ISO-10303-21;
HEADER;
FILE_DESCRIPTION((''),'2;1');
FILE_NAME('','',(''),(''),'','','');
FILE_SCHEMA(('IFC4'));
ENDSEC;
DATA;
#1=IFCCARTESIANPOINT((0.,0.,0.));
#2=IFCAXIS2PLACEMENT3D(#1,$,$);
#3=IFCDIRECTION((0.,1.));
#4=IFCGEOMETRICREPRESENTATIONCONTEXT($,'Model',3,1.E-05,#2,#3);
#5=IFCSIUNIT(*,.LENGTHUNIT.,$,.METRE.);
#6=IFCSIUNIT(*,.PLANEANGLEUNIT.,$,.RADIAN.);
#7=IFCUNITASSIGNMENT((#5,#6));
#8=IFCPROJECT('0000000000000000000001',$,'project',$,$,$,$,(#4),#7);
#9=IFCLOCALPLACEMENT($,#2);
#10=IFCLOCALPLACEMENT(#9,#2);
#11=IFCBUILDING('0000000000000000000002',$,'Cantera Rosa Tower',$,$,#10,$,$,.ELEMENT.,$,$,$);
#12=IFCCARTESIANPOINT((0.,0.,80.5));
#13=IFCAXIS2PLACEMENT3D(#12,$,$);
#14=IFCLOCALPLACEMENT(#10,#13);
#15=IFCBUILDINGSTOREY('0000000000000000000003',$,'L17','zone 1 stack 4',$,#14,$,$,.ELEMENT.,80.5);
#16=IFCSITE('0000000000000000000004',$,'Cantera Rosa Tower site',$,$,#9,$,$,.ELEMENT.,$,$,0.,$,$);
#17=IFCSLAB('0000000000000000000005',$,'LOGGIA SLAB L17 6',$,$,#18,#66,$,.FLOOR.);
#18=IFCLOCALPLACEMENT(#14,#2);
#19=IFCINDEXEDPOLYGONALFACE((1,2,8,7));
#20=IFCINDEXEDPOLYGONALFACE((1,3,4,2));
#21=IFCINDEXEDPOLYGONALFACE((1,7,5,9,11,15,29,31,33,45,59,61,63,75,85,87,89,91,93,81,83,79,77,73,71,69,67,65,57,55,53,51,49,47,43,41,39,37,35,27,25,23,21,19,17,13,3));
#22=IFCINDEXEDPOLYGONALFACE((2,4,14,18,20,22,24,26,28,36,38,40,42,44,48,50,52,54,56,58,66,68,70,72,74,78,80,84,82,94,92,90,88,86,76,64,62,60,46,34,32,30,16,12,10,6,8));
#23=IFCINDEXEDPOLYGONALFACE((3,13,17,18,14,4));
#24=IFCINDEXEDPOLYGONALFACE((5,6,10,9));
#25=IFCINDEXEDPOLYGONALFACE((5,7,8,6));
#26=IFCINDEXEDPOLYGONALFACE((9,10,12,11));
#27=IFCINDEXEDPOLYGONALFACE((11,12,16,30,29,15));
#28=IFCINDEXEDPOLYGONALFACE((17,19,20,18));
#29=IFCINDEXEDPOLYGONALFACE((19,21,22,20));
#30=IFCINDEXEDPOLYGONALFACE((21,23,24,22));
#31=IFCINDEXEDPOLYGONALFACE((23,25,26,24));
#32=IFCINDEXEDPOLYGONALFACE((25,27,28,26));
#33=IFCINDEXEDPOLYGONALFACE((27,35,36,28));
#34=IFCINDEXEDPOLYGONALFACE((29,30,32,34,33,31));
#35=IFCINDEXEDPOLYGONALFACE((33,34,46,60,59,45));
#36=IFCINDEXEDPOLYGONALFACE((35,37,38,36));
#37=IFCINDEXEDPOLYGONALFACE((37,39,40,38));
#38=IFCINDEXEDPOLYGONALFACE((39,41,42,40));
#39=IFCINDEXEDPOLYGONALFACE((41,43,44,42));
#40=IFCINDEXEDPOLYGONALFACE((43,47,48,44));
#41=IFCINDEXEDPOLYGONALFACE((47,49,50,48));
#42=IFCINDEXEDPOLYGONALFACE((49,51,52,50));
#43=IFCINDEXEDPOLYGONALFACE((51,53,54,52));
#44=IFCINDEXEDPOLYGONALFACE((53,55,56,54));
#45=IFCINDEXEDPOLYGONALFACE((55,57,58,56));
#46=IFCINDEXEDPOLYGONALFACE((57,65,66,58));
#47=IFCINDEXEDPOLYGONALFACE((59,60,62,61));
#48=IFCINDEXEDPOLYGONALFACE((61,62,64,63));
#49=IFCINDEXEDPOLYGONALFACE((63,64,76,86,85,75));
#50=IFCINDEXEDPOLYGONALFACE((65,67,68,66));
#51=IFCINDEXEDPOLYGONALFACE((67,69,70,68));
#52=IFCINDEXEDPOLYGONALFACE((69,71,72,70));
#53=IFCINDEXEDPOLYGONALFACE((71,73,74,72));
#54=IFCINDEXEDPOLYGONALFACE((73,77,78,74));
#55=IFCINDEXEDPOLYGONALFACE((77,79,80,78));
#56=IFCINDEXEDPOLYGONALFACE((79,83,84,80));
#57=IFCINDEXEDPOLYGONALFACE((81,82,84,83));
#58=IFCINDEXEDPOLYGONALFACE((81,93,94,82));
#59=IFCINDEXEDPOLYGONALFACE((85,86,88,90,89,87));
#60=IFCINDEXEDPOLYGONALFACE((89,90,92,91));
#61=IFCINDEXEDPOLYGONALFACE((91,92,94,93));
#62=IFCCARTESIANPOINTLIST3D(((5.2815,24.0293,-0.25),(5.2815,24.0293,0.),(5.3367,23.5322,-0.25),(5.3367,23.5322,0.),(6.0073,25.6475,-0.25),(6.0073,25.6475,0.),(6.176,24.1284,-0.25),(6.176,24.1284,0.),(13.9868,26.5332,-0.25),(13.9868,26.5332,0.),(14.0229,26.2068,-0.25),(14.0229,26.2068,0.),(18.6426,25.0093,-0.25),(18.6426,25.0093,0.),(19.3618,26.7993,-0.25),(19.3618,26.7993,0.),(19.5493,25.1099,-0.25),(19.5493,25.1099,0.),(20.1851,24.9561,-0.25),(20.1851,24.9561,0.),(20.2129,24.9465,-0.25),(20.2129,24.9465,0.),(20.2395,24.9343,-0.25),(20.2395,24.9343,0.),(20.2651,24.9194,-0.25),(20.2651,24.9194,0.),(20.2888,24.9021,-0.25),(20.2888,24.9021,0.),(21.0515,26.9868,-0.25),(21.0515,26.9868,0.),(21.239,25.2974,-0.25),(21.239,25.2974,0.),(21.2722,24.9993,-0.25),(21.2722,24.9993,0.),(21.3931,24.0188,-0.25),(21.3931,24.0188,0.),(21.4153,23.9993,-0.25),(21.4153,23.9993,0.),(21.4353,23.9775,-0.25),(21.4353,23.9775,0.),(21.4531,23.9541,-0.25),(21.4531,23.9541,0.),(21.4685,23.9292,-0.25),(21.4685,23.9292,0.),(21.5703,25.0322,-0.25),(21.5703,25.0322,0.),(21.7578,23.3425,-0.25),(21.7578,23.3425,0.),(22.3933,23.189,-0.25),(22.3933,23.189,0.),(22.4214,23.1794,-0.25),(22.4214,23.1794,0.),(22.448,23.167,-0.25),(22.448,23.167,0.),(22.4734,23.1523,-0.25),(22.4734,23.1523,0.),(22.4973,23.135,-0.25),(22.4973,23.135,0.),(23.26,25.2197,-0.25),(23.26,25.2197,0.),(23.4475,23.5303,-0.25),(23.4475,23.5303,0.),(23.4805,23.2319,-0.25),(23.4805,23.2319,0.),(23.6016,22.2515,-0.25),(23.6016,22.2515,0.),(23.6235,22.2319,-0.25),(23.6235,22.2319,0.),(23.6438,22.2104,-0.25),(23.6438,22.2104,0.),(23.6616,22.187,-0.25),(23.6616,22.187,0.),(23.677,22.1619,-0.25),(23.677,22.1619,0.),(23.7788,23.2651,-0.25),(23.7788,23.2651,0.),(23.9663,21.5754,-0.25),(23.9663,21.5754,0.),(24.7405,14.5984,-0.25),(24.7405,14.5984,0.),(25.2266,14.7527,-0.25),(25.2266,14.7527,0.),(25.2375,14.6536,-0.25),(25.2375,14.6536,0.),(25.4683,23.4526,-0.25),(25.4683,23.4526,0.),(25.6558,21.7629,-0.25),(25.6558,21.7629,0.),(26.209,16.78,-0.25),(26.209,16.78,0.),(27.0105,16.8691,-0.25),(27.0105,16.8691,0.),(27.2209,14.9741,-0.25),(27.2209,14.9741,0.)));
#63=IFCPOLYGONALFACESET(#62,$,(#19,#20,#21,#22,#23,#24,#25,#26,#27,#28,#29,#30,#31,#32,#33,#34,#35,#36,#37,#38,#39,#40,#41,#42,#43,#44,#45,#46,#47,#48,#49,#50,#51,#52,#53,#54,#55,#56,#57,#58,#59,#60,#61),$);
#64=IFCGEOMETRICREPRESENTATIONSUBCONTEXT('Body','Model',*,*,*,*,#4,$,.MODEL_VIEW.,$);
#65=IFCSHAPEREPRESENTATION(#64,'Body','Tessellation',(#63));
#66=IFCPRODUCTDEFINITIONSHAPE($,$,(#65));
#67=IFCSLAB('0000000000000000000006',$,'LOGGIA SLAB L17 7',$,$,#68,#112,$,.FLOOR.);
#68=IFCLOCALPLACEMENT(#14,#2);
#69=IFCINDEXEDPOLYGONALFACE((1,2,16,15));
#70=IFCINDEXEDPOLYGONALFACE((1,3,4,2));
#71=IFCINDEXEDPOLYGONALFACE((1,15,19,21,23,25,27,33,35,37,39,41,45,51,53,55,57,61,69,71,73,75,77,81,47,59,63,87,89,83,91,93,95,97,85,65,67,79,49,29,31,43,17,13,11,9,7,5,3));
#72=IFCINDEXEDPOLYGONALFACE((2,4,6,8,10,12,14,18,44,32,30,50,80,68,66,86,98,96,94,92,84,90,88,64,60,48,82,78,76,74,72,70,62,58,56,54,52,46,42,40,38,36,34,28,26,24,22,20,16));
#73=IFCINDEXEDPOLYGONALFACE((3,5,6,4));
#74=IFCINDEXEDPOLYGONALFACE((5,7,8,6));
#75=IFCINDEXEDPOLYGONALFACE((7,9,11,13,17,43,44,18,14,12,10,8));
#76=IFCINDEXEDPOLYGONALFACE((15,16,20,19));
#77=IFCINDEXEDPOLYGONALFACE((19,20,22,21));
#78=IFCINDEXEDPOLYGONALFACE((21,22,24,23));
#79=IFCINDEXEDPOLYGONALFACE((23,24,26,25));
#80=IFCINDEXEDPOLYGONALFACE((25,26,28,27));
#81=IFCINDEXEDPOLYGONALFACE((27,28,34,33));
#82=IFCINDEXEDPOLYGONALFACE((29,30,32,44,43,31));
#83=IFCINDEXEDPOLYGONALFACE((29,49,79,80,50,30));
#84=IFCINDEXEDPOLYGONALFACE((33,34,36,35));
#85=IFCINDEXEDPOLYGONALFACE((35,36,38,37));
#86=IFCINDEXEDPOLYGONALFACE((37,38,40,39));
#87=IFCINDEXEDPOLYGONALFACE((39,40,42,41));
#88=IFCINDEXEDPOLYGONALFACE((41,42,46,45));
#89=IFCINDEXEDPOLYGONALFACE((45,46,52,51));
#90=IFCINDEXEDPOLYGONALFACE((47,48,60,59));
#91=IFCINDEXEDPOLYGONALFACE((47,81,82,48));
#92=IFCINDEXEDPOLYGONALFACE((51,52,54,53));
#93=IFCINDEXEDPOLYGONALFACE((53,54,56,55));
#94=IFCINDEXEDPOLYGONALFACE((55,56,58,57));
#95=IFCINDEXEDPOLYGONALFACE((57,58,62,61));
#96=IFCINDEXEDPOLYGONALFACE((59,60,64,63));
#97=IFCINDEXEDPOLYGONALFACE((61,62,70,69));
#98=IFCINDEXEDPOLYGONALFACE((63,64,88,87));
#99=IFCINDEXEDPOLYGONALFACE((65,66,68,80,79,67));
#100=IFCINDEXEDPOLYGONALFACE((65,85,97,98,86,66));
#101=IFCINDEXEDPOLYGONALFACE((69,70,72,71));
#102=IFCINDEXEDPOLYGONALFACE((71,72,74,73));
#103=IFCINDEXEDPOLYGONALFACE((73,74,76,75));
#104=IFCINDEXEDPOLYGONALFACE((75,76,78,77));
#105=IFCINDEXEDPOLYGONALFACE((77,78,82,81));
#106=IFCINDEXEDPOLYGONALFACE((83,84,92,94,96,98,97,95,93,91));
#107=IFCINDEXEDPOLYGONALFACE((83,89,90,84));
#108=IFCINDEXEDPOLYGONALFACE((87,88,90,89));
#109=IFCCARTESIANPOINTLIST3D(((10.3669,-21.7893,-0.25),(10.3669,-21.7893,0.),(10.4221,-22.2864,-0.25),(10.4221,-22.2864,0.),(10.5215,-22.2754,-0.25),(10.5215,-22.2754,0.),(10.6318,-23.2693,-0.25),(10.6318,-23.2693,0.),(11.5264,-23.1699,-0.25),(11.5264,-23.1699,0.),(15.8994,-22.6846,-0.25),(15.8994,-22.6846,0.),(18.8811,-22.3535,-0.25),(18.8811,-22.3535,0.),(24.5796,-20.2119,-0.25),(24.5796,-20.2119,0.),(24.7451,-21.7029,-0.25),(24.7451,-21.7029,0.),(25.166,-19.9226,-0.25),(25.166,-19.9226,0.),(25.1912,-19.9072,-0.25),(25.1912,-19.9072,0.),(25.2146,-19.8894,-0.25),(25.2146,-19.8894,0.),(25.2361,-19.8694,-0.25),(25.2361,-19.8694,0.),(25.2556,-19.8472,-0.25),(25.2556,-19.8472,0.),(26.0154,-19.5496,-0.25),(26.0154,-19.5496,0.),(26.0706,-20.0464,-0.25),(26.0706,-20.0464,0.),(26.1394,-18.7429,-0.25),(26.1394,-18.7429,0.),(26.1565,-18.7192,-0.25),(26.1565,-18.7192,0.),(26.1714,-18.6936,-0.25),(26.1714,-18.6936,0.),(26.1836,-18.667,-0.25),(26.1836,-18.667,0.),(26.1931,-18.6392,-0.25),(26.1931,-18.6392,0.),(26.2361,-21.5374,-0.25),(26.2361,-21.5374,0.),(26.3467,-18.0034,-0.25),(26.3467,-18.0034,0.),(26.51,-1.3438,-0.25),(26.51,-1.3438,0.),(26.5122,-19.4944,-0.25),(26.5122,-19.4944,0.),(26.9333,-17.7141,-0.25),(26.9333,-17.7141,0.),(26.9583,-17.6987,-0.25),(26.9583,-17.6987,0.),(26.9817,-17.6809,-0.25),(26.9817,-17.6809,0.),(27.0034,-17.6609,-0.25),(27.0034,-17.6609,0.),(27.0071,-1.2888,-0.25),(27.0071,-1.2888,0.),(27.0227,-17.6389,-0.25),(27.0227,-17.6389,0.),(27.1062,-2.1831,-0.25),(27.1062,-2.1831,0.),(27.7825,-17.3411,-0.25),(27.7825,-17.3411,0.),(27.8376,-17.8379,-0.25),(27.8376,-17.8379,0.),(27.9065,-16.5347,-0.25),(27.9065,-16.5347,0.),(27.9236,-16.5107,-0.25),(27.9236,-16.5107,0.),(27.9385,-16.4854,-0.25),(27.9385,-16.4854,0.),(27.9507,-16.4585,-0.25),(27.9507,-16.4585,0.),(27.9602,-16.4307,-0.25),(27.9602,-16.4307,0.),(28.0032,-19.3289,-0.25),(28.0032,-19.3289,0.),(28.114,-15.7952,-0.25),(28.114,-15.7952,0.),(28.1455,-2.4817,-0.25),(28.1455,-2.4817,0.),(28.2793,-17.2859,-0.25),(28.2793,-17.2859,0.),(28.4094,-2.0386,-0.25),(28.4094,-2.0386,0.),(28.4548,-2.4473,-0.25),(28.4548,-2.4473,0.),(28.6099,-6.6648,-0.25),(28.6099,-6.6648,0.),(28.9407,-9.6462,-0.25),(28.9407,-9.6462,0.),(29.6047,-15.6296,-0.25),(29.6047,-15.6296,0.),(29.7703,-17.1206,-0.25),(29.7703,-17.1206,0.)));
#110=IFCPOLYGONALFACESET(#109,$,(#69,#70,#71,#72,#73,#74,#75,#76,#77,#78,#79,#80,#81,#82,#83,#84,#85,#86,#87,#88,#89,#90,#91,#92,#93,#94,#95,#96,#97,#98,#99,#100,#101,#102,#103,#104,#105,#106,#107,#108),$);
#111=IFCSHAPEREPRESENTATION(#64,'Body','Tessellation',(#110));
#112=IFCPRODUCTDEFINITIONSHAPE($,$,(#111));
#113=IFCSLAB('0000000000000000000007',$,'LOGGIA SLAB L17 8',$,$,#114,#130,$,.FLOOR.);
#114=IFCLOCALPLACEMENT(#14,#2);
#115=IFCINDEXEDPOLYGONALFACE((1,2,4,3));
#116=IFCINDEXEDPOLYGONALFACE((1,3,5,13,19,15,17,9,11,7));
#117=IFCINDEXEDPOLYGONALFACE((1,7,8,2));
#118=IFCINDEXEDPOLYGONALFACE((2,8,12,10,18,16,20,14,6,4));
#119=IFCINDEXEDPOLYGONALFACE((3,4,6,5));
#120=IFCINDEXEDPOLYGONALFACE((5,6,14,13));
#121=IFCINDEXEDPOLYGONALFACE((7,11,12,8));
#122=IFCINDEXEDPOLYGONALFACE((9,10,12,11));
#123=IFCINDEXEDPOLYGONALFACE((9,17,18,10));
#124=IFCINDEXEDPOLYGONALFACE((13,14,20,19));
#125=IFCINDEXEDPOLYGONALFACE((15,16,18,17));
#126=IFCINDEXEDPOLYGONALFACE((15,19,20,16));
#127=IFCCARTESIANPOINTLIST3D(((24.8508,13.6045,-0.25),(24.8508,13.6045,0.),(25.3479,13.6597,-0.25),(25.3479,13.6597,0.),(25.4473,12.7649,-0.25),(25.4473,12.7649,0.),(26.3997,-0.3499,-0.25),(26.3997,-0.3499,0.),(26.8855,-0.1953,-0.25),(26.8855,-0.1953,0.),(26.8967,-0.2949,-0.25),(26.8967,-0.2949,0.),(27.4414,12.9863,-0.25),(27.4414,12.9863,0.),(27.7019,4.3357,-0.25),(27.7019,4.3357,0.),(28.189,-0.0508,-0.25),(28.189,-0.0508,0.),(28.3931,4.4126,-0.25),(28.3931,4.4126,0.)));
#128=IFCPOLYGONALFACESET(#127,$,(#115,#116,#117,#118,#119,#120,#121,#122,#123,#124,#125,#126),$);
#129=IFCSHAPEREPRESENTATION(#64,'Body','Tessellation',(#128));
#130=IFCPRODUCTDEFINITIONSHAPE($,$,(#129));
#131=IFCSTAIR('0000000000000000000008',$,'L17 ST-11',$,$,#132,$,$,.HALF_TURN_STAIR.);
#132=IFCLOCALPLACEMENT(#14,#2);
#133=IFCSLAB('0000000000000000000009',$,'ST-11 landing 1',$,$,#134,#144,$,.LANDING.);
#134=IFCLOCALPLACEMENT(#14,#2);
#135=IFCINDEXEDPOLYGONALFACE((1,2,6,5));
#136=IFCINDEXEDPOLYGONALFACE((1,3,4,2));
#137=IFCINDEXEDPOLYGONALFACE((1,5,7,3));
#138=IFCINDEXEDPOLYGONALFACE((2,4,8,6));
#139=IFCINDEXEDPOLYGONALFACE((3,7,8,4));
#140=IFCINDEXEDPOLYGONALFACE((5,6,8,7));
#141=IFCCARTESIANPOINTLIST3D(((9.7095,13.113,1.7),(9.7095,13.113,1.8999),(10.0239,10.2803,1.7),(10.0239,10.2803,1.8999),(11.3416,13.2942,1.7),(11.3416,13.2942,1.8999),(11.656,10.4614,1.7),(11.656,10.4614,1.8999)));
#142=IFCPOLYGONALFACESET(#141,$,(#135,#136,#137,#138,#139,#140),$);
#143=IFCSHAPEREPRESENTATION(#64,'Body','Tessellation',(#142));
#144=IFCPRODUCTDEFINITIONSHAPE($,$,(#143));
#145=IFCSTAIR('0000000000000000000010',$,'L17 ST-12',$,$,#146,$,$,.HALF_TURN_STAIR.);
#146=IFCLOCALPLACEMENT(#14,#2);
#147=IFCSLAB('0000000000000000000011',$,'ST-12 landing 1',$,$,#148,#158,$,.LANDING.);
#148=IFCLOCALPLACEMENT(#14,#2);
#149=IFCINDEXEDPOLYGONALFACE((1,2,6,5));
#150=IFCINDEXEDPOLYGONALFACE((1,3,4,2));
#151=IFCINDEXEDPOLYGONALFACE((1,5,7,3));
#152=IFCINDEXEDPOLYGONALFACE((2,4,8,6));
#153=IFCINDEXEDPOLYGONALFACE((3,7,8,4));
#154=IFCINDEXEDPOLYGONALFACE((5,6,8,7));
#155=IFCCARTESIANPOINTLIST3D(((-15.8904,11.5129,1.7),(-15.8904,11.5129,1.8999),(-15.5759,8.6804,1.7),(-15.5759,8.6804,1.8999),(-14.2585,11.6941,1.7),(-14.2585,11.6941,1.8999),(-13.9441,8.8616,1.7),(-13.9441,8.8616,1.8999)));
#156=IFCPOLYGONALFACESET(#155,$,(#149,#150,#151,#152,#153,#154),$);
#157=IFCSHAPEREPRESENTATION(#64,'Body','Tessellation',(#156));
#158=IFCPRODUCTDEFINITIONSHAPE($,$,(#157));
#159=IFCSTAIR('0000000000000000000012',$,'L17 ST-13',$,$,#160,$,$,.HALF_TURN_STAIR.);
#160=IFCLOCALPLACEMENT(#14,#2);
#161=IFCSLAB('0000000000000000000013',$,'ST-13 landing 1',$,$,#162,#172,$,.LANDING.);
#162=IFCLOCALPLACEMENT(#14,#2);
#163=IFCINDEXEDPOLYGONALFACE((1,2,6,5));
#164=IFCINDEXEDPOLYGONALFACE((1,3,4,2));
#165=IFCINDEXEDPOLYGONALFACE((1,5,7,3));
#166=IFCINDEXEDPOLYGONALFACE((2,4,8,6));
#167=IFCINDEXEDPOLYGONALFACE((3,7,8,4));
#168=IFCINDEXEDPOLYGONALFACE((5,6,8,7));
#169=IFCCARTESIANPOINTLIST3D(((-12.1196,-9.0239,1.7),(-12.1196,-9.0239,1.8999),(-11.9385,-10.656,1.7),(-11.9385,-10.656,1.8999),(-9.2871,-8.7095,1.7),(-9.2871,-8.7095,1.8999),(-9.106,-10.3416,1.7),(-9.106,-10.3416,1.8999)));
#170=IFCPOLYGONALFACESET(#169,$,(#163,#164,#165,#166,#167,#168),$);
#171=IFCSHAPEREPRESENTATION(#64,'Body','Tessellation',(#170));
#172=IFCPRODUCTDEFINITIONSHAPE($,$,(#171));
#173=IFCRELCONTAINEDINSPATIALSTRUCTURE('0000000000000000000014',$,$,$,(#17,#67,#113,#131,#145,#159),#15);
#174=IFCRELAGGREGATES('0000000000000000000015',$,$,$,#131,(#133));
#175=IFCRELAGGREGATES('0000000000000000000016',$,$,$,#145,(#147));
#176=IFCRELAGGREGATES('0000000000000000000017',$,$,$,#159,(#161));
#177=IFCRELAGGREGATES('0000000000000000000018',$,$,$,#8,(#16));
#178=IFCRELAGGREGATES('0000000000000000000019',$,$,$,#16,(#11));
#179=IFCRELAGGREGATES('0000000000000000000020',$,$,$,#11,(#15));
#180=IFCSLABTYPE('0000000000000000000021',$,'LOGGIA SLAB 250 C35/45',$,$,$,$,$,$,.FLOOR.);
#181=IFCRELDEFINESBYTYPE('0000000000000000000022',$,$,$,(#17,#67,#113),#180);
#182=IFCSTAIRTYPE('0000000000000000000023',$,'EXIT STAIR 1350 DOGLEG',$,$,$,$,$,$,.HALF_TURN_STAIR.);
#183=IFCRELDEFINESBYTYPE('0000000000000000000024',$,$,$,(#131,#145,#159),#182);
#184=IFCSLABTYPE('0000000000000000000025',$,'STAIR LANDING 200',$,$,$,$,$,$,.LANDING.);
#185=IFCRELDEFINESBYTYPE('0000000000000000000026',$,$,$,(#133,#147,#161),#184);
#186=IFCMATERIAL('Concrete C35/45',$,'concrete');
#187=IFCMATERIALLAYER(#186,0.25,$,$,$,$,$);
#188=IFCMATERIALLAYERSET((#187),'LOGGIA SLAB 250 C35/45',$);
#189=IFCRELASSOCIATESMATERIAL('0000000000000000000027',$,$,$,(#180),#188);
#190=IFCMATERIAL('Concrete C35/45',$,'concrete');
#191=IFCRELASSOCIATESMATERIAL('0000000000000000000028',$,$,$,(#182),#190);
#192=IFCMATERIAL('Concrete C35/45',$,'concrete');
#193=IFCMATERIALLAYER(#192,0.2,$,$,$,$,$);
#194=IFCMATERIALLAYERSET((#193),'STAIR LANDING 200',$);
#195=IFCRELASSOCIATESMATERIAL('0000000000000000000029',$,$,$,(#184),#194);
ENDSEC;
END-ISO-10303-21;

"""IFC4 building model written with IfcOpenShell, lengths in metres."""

from ifc_helpers import new_model, si_unit, direction, frame, origin, place, context, subcontext, project, spatial, polyline, outline, extrude, material, layer, layer_set, type_object, element, aggregate, save


model = new_model("IFC4")

# Units and contexts
model_context = context("Model", 3, precision=1e-05, world=origin(), true_north=direction((0.0, 1.0)))
body_context = subcontext(model_context, "Body", "Model", "MODEL_VIEW")
ifc_project = project(units=[si_unit("LENGTHUNIT", "METRE"), si_unit("PLANEANGLEUNIT", "RADIAN")], contexts=[model_context])

# Site, building, storey
site_placement = place(None, origin())
site = spatial("IfcSite", under=ifc_project, at=site_placement, Name="Cantera Rosa Tower site", CompositionType="ELEMENT", RefElevation=0.0)
building_placement = place(site_placement, origin())
building = spatial("IfcBuilding", under=site, at=building_placement, Name="Cantera Rosa Tower", CompositionType="ELEMENT")
storey_placement = place(building_placement, frame((0.0, 0.0, 80.5)))
storey = spatial("IfcBuildingStorey", under=building, at=storey_placement, Name="L17", Description="zone 1 stack 4", CompositionType="ELEMENT", Elevation=80.5)

# Slabs
ifc_material_1 = material(Name="Concrete C35/45", Category="concrete")
ifc_layer_1 = layer(ifc_material_1, 0.25)
ifc_layer_set_1 = layer_set([ifc_layer_1], Name="LOGGIA SLAB 250 C35/45")
slab_type_1 = type_object("IfcSlabType", Name="LOGGIA SLAB 250 C35/45", PredefinedType="FLOOR", material=ifc_layer_set_1)
slab_1_placement = place(storey_placement, frame((0.0, 0.0, -0.25)))
element("IfcSlab", 1, at=slab_1_placement, inside=storey, type_object=slab_type_1, Name="LOGGIA SLAB L17 6", PredefinedType="FLOOR", context=body_context, shape_type="SweptSolid", body=[
    extrude(outline(polyline([(19.3618, 26.7993), (21.0515, 26.9868), (21.239, 25.2974), (21.2722, 24.9993), (21.5703, 25.0322), (23.26, 25.2197), (23.4475, 23.5303), (23.4805, 23.2319), (23.7788, 23.2651), (25.4683, 23.4526), (25.6558, 21.7629), (26.209, 16.78), (27.0105, 16.8691), (27.2209, 14.9741), (25.2266, 14.7527), (25.2375, 14.6536), (24.7405, 14.5984), (23.9663, 21.5754), (23.677, 22.1619), (23.6616, 22.187), (23.6438, 22.2104), (23.6235, 22.2319), (23.6016, 22.2515), (22.4973, 23.135), (22.4734, 23.1523), (22.448, 23.167), (22.4214, 23.1794), (22.3933, 23.189), (21.7578, 23.3425), (21.4685, 23.9292), (21.4531, 23.9541), (21.4353, 23.9775), (21.4153, 23.9993), (21.3931, 24.0188), (20.2888, 24.9021), (20.2651, 24.9194), (20.2395, 24.9343), (20.2129, 24.9465), (20.1851, 24.9561), (19.5493, 25.1099), (18.6426, 25.0093), (5.3367, 23.5322), (5.2815, 24.0293), (6.176, 24.1284), (6.0073, 25.6475), (13.9868, 26.5332), (14.0229, 26.2068), (19.3618, 26.7993)])), origin(), (0.0, 0.0, 1.0), 0.25),
])
slab_2_placement = place(storey_placement, frame((0.0, 0.0, -0.25)))
element("IfcSlab", 2, at=slab_2_placement, inside=storey, type_object=slab_type_1, Name="LOGGIA SLAB L17 7", PredefinedType="FLOOR", context=body_context, shape_type="SweptSolid", body=[
    extrude(outline(polyline([(28.6099, -6.6648), (28.9407, -9.6462), (29.6047, -15.6296), (29.7703, -17.1206), (28.2793, -17.2859), (27.7825, -17.3411), (27.8376, -17.8379), (28.0032, -19.3289), (26.5122, -19.4944), (26.0154, -19.5496), (26.0706, -20.0464), (26.2361, -21.5374), (24.7451, -21.7029), (18.8811, -22.3535), (15.8994, -22.6846), (11.5264, -23.1699), (10.6318, -23.2693), (10.5215, -22.2754), (10.4221, -22.2864), (10.3669, -21.7893), (24.5796, -20.2119), (25.166, -19.9226), (25.1912, -19.9072), (25.2146, -19.8894), (25.2361, -19.8694), (25.2556, -19.8472), (26.1394, -18.7429), (26.1565, -18.7192), (26.1714, -18.6936), (26.1836, -18.667), (26.1931, -18.6392), (26.3467, -18.0034), (26.9333, -17.7141), (26.9583, -17.6987), (26.9817, -17.6809), (27.0034, -17.6609), (27.0227, -17.6389), (27.9065, -16.5347), (27.9236, -16.5107), (27.9385, -16.4854), (27.9507, -16.4585), (27.9602, -16.4307), (28.114, -15.7952), (26.51, -1.3438), (27.0071, -1.2888), (27.1062, -2.1831), (28.4094, -2.0386), (28.4548, -2.4473), (28.1455, -2.4817), (28.6099, -6.6648)])), origin(), (0.0, 0.0, 1.0), 0.25),
])
slab_3_placement = place(storey_placement, frame((0.0, 0.0, -0.25)))
element("IfcSlab", 3, at=slab_3_placement, inside=storey, type_object=slab_type_1, Name="LOGGIA SLAB L17 8", PredefinedType="FLOOR", context=body_context, shape_type="SweptSolid", body=[
    extrude(outline(polyline([(28.189, -0.0508), (26.8855, -0.1953), (26.8967, -0.2949), (26.3997, -0.3499), (24.8508, 13.6045), (25.3479, 13.6597), (25.4473, 12.7649), (27.4414, 12.9863), (28.3931, 4.4126), (27.7019, 4.3357), (28.189, -0.0508)])), origin(), (0.0, 0.0, 1.0), 0.25),
])

# Stairs, slabs
ifc_material_2 = material(Name="Concrete C35/45", Category="concrete")
stair_type = type_object("IfcStairType", Name="EXIT STAIR 1350 DOGLEG", PredefinedType="HALF_TURN_STAIR", material=ifc_material_2)
stair_1_placement = place(storey_placement, origin())
stair_1 = element("IfcStair", 4, at=stair_1_placement, inside=storey, type_object=stair_type, Name="L17 ST-11", PredefinedType="HALF_TURN_STAIR")
ifc_material_3 = material(Name="Concrete C35/45", Category="concrete")
ifc_layer_2 = layer(ifc_material_3, 0.2)
ifc_layer_set_2 = layer_set([ifc_layer_2], Name="STAIR LANDING 200")
slab_type_2 = type_object("IfcSlabType", Name="STAIR LANDING 200", PredefinedType="LANDING", material=ifc_layer_set_2)
slab_4_placement = place(storey_placement, frame((0.0, 0.0, 1.7)))
slab_4 = element("IfcSlab", 5, at=slab_4_placement, type_object=slab_type_2, Name="ST-11 landing 1", PredefinedType="LANDING", context=body_context, shape_type="SweptSolid", body=[
    extrude(outline(polyline([(11.3416, 13.2942), (9.7095, 13.113), (10.0239, 10.2803), (11.656, 10.4614), (11.3416, 13.2942)])), origin(), (0.0, 0.0, 1.0), 0.2),
])
aggregate(stair_1, [slab_4])
stair_2_placement = place(storey_placement, origin())
stair_2 = element("IfcStair", 6, at=stair_2_placement, inside=storey, type_object=stair_type, Name="L17 ST-12", PredefinedType="HALF_TURN_STAIR")
slab_5_placement = place(storey_placement, frame((0.0, 0.0, 1.7)))
slab_5 = element("IfcSlab", 7, at=slab_5_placement, type_object=slab_type_2, Name="ST-12 landing 1", PredefinedType="LANDING", context=body_context, shape_type="SweptSolid", body=[
    extrude(outline(polyline([(-14.2585, 11.6941), (-15.8904, 11.5129), (-15.5759, 8.6804), (-13.9441, 8.8616), (-14.2585, 11.6941)])), origin(), (0.0, 0.0, 1.0), 0.2),
])
aggregate(stair_2, [slab_5])
stair_3_placement = place(storey_placement, origin())
stair_3 = element("IfcStair", 8, at=stair_3_placement, inside=storey, type_object=stair_type, Name="L17 ST-13", PredefinedType="HALF_TURN_STAIR")
slab_6_placement = place(storey_placement, frame((0.0, 0.0, 1.7)))
slab_6 = element("IfcSlab", 9, at=slab_6_placement, type_object=slab_type_2, Name="ST-13 landing 1", PredefinedType="LANDING", context=body_context, shape_type="SweptSolid", body=[
    extrude(outline(polyline([(-9.106, -10.3416), (-9.2871, -8.7095), (-12.1196, -9.0239), (-11.9385, -10.656), (-9.106, -10.3416)])), origin(), (0.0, 0.0, 1.0), 0.2),
])
aggregate(stair_3, [slab_6])

save(model, "model.ifc")
